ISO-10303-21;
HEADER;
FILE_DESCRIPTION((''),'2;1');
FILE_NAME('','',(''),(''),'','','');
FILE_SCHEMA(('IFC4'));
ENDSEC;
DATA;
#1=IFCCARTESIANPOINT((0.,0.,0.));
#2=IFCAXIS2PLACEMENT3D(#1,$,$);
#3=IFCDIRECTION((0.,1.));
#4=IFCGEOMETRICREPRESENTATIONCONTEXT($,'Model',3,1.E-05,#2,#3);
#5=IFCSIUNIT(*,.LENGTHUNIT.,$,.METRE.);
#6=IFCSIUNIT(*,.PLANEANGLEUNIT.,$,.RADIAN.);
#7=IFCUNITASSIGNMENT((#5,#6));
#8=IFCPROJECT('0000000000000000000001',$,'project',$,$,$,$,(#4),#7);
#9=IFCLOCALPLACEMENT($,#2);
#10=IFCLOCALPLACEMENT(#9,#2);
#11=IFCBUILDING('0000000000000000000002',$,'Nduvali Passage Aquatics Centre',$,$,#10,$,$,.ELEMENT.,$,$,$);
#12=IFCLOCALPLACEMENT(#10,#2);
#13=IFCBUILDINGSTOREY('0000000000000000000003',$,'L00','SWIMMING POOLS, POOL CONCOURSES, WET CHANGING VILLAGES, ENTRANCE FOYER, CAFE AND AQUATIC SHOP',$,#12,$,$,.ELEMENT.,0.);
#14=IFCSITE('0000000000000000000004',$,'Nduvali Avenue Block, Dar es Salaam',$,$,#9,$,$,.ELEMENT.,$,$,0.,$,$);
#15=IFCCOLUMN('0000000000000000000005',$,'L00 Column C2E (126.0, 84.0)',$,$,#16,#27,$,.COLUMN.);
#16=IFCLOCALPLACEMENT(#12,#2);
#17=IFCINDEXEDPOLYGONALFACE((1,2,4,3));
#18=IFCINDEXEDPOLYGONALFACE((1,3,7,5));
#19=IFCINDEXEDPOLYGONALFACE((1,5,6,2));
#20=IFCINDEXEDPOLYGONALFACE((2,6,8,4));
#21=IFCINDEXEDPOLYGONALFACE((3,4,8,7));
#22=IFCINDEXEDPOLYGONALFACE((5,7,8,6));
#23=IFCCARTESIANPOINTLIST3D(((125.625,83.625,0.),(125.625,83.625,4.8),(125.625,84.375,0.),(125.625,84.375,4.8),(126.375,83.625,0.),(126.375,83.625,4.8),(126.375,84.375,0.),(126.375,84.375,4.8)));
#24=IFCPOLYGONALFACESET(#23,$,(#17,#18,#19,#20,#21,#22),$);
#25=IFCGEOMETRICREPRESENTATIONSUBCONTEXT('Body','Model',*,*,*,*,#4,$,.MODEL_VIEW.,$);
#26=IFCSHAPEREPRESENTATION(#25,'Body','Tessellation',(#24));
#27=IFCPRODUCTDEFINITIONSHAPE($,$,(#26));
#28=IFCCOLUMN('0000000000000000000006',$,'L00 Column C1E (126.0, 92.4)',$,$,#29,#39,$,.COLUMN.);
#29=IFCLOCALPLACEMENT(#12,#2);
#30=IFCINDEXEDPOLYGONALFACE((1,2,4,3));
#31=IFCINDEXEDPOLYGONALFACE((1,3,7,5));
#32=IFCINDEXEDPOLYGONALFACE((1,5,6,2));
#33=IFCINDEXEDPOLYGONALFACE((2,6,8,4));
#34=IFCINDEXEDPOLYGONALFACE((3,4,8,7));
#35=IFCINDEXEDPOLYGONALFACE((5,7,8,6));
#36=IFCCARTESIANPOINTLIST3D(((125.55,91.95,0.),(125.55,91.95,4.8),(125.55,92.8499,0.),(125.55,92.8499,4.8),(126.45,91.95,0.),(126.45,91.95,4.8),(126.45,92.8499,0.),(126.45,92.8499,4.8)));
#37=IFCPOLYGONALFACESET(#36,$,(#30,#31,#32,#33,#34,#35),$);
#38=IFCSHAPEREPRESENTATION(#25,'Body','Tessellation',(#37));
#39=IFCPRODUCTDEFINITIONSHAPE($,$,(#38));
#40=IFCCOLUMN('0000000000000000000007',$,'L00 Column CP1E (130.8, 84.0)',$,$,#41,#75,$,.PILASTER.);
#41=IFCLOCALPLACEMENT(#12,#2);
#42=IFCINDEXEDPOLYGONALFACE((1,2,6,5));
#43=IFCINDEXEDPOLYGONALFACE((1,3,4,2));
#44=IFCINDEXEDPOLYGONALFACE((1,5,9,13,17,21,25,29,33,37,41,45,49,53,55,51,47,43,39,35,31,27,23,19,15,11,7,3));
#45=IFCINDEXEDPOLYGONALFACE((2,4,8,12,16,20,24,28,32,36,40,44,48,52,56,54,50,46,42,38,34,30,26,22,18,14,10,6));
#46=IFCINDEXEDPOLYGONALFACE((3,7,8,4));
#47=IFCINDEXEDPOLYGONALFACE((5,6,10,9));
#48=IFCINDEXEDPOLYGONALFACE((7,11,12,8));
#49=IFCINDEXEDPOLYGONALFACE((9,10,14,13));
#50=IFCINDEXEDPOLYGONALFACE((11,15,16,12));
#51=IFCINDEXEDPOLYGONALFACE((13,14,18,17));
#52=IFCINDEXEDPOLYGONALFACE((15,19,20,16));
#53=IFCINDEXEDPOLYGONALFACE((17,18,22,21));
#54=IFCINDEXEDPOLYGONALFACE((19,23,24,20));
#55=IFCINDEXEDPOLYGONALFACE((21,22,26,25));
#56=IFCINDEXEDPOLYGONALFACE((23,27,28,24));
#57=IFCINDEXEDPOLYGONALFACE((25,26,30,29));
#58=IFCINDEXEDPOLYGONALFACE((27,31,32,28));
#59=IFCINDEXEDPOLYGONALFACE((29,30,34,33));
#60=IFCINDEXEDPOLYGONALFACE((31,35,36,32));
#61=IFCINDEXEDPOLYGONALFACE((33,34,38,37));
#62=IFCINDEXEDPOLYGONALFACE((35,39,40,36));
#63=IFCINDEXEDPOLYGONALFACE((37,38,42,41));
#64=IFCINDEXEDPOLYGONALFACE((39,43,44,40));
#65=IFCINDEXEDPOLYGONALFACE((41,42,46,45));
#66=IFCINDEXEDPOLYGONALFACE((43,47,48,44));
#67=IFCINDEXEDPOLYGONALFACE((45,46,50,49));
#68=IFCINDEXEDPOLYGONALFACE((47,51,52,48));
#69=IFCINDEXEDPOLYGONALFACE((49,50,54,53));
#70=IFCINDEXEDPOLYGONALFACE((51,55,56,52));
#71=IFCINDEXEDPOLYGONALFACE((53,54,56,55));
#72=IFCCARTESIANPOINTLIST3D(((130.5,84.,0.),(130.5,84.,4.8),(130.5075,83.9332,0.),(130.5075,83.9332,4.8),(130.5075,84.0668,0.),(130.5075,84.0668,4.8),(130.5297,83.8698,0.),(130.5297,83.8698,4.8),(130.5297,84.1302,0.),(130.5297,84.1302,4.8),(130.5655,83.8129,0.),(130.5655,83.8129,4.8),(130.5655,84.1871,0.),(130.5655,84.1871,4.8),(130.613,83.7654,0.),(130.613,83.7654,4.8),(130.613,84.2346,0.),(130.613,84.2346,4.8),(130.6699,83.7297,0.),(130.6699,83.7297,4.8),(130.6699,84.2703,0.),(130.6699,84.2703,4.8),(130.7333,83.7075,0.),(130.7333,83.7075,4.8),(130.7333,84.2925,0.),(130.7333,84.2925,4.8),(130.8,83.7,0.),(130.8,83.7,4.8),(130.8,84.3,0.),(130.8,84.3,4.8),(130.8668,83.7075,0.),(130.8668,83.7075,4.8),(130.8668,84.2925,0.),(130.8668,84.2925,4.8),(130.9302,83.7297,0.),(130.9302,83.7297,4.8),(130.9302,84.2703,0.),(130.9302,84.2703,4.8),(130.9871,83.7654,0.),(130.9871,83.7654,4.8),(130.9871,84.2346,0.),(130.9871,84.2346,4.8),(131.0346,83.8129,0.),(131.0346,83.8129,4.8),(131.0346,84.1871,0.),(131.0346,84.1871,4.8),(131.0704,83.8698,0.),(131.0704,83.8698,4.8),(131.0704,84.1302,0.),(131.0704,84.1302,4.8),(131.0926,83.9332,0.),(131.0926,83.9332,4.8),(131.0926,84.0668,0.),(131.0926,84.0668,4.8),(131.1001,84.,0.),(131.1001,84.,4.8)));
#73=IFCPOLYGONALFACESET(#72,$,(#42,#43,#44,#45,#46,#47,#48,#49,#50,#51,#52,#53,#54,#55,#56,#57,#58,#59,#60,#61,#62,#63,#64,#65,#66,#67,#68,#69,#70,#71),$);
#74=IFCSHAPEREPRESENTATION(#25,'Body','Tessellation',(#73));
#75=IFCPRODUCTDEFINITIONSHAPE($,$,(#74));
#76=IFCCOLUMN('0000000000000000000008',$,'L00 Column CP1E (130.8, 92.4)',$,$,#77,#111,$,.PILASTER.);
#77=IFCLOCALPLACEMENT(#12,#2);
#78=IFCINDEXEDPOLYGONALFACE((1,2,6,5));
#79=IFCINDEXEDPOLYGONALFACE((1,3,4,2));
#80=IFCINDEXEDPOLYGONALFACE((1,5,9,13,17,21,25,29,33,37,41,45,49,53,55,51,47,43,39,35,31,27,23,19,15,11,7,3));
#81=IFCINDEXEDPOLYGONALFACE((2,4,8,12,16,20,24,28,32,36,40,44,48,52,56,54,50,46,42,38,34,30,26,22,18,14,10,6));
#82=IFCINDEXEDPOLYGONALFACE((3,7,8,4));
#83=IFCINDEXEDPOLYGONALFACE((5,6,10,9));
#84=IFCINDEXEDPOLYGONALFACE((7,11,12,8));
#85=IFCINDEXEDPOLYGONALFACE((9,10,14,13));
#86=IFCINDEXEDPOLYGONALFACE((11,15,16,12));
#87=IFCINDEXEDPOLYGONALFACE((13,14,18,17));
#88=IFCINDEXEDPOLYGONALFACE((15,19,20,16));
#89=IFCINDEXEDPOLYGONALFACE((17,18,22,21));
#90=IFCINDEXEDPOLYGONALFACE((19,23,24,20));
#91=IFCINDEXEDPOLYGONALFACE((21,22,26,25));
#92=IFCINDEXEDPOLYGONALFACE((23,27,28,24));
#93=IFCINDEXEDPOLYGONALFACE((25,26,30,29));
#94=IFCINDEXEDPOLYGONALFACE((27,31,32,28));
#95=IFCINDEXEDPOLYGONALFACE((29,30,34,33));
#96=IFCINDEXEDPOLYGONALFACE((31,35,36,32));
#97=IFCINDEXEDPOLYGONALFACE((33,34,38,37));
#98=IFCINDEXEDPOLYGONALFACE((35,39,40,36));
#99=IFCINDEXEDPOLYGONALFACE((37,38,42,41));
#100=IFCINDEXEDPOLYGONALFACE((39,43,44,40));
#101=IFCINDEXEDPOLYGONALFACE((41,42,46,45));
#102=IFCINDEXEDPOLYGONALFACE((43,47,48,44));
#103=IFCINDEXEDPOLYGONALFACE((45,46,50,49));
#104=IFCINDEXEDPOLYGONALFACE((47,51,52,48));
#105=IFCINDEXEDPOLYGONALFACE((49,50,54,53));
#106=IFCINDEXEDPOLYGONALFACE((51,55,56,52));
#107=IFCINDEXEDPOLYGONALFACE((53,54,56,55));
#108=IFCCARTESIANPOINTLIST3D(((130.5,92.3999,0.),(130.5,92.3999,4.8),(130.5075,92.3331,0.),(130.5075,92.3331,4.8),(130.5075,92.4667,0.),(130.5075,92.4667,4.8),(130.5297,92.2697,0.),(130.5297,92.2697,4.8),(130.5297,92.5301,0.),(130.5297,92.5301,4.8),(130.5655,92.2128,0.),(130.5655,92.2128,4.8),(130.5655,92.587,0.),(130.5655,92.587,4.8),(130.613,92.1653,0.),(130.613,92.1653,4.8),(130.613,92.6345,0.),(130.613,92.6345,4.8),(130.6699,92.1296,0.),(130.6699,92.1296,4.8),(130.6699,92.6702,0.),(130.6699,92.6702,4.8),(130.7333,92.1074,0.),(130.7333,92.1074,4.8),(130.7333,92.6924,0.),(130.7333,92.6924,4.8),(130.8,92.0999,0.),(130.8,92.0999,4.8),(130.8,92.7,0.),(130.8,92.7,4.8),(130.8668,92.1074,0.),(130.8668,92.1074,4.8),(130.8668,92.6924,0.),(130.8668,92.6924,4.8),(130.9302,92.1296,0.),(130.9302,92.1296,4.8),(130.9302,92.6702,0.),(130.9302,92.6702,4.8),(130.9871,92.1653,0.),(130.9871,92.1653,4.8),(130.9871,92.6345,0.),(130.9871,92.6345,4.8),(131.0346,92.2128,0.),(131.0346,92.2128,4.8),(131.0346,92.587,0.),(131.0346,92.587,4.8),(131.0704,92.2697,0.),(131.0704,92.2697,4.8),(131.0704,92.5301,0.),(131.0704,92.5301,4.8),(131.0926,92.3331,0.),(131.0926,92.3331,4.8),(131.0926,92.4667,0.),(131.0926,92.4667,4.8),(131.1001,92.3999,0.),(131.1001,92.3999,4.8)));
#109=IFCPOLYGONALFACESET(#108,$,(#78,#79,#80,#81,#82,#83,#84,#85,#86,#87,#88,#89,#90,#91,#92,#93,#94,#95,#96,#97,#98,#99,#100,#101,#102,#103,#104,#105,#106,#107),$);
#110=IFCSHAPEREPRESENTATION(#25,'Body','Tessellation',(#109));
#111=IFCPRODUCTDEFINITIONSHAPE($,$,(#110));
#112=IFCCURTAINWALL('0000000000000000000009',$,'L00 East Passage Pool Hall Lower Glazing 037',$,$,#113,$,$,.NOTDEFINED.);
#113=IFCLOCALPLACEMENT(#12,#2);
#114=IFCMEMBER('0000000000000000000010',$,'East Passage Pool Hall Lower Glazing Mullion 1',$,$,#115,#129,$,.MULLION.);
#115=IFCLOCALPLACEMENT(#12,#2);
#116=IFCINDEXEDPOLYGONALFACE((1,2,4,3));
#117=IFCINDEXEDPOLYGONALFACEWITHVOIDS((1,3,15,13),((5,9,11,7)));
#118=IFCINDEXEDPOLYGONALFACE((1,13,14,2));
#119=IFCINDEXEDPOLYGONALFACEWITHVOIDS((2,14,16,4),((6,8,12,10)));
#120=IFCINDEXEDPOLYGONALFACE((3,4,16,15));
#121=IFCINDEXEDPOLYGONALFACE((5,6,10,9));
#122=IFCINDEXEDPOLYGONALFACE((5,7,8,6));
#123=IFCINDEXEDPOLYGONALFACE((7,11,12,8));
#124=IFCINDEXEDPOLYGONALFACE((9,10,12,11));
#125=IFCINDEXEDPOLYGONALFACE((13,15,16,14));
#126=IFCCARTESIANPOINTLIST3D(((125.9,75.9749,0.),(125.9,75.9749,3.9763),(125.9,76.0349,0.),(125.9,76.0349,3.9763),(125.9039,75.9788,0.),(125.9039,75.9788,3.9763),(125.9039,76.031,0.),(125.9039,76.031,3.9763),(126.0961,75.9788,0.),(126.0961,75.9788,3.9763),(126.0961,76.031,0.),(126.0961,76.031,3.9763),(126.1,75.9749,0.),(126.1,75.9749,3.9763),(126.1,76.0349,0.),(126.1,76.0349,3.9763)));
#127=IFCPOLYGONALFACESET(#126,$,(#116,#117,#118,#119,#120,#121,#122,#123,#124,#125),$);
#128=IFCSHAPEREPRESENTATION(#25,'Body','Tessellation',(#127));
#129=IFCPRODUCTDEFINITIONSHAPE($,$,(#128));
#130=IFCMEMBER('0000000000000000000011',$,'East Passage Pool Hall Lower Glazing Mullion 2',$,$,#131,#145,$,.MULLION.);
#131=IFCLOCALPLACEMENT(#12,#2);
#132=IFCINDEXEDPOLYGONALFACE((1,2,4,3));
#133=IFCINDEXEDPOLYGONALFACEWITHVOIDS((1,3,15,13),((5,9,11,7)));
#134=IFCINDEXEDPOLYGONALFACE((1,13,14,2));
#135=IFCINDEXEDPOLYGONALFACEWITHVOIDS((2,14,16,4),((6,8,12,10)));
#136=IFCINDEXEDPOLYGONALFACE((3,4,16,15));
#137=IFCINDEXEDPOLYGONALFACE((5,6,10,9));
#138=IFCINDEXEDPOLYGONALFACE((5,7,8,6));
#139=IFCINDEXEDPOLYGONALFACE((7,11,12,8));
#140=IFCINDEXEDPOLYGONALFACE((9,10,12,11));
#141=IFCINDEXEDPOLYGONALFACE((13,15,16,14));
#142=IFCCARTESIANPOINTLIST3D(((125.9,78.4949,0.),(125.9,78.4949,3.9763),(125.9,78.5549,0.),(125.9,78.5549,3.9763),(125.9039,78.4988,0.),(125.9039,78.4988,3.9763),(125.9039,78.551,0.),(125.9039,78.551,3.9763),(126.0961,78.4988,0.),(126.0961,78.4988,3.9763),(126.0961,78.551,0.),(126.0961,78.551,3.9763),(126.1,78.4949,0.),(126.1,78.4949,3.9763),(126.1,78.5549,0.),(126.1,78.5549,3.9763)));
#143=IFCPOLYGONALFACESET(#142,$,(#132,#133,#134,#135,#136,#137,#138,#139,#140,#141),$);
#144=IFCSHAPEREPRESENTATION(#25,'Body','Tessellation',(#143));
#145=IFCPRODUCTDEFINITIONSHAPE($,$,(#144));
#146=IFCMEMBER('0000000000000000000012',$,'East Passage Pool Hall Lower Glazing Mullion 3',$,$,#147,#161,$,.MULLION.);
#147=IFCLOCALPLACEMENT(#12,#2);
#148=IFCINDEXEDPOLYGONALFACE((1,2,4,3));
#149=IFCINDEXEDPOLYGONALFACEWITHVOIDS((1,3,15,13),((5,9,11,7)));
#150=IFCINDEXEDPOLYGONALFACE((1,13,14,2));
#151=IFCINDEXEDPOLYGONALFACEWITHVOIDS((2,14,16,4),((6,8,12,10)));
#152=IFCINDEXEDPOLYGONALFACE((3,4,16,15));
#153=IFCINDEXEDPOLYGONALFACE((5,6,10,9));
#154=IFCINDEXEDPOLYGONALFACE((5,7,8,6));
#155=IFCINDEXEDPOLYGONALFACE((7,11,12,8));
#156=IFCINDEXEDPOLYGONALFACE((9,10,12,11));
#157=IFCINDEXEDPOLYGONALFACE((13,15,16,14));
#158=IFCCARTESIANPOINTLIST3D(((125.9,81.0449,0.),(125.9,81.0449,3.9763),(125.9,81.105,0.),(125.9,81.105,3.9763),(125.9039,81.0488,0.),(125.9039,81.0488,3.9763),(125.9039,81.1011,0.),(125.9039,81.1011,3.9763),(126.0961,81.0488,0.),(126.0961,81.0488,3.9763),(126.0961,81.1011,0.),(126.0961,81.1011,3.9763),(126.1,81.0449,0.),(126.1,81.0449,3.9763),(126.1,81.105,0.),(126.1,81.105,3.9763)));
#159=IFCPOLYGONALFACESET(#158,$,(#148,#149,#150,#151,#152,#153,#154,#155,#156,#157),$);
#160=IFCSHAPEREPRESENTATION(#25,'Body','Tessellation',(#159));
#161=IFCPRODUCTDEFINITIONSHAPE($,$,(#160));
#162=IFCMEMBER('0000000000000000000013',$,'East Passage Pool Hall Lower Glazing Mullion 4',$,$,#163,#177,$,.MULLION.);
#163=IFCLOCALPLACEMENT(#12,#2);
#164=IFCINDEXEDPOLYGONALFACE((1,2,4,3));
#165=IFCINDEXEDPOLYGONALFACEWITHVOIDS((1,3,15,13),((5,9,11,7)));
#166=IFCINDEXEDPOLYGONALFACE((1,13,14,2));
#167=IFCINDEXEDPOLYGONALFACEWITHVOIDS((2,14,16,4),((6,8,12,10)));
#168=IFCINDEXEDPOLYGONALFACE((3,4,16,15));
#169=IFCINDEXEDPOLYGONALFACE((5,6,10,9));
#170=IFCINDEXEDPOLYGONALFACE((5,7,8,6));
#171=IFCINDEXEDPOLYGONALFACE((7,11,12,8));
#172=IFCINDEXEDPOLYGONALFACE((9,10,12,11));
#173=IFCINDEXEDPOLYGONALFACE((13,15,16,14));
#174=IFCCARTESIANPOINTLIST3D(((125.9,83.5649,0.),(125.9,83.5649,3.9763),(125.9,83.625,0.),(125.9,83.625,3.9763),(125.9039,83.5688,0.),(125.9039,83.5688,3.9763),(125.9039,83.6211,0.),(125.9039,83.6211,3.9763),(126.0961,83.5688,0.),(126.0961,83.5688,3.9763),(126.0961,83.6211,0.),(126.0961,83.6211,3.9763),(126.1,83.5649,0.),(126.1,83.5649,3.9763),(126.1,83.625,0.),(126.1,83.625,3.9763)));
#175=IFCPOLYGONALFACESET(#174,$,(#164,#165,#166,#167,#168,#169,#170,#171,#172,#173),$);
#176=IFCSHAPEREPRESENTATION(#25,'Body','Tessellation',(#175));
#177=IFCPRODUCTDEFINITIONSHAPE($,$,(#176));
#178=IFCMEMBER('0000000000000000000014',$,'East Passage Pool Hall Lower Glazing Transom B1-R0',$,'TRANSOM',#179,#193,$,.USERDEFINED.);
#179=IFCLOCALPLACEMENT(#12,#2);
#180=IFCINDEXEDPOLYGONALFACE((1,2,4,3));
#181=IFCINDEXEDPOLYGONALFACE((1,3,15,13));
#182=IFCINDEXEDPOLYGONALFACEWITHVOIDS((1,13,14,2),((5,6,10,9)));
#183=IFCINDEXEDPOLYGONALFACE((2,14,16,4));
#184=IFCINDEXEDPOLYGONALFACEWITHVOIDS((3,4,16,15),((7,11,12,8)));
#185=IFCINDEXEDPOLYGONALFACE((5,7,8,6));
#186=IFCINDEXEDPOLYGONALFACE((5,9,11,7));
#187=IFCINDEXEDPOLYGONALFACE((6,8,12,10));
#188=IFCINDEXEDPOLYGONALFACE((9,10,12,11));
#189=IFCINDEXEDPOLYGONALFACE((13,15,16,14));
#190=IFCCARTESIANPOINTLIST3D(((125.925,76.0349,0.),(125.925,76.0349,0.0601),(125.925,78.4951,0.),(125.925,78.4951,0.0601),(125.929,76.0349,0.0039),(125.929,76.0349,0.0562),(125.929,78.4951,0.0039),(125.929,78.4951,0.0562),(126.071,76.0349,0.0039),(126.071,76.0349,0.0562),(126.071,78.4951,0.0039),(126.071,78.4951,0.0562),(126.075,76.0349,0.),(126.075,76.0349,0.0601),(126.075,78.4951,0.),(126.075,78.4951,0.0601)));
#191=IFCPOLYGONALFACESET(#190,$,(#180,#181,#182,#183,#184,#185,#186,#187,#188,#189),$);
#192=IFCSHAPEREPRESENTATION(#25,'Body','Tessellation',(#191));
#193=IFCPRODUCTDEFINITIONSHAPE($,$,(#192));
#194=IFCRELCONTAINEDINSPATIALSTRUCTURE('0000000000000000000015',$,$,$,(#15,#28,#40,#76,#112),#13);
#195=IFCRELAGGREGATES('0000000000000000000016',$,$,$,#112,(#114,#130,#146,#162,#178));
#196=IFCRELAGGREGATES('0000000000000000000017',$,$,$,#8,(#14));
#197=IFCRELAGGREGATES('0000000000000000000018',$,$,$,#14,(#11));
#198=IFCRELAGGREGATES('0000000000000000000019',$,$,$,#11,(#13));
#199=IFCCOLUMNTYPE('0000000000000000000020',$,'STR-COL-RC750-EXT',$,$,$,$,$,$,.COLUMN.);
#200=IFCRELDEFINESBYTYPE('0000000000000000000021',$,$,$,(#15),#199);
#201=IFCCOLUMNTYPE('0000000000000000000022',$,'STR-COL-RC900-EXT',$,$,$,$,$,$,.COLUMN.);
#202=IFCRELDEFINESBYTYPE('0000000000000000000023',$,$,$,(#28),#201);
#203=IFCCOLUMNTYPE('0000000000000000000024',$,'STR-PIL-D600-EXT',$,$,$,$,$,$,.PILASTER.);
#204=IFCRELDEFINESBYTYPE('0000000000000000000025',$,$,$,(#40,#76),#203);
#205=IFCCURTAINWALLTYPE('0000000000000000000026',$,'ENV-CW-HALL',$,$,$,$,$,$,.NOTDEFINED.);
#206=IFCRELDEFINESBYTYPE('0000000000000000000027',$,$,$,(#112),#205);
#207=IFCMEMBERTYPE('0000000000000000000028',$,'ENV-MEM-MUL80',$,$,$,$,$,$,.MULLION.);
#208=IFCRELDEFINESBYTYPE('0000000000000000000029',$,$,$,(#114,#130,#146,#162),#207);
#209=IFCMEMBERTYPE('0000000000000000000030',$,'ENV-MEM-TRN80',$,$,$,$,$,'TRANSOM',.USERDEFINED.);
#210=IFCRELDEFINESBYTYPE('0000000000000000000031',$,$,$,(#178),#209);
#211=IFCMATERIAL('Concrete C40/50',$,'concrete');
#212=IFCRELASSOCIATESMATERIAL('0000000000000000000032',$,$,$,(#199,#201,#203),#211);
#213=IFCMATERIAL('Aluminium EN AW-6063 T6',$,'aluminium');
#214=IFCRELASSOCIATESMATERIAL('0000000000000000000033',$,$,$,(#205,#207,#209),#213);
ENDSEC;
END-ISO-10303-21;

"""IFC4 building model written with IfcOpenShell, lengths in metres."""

from ifc_helpers import new_model, si_unit, direction, frame, origin, origin_2d, place, context, subcontext, project, spatial, rectangle, hollow_rectangle, circle, extrude, material, material_profile, profile_set, type_object, element, aggregate, save


model = new_model("IFC4")

# Units and contexts
model_context = context("Model", 3, precision=1e-05, world=origin(), true_north=direction((0.0, 1.0)))
body_context = subcontext(model_context, "Body", "Model", "MODEL_VIEW")
ifc_project = project(units=[si_unit("LENGTHUNIT", "METRE"), si_unit("PLANEANGLEUNIT", "RADIAN")], contexts=[model_context])

# Site, building, storey
site_placement = place(None, origin())
site = spatial("IfcSite", under=ifc_project, at=site_placement, Name="Nduvali Avenue Block, Dar es Salaam", CompositionType="ELEMENT", RefElevation=0.0)
building_placement = place(site_placement, origin())
building = spatial("IfcBuilding", under=site, at=building_placement, Name="Nduvali Passage Aquatics Centre", CompositionType="ELEMENT")
storey_placement = place(building_placement, origin())
storey = spatial("IfcBuildingStorey", under=building, at=storey_placement, Name="L00", Description="SWIMMING POOLS, POOL CONCOURSES, WET CHANGING VILLAGES, ENTRANCE FOYER, CAFE AND AQUATIC SHOP", CompositionType="ELEMENT", Elevation=0.0)

# Columns
ifc_material_1 = material(Name="Concrete C40/50", Category="concrete")
ifc_material_profile_1 = material_profile(ifc_material_1, rectangle(XDim=0.75, YDim=0.75, at=origin_2d()), Name="RC 750x750")
ifc_profile_set_1 = profile_set([ifc_material_profile_1], Name="Concrete C40/50")
column_type_1 = type_object("IfcColumnType", Name="STR-COL-RC750-EXT", PredefinedType="COLUMN", material=ifc_profile_set_1)
column_1_placement = place(storey_placement, frame((126.0, 84.0, 0.0), z_axis=(0.0, 0.0, 1.0), x_axis=(1.0, 0.0, 0.0)))
element("IfcColumn", 1, at=column_1_placement, inside=storey, type_object=column_type_1, Name="L00 Column C2E (126.0, 84.0)", PredefinedType="COLUMN", context=body_context, shape_type="SweptSolid", body=[
    extrude(rectangle(XDim=0.75, YDim=0.75, at=origin_2d()), origin(), (0.0, 0.0, 1.0), 4.8),
])
ifc_material_profile_2 = material_profile(ifc_material_1, rectangle(XDim=0.8999, YDim=0.8999, at=origin_2d()), Name="RC 900x900")
ifc_profile_set_2 = profile_set([ifc_material_profile_2], Name="Concrete C40/50")
column_type_2 = type_object("IfcColumnType", Name="STR-COL-RC900-EXT", PredefinedType="COLUMN", material=ifc_profile_set_2)
column_2_placement = place(storey_placement, frame((126.0, 92.3999, 0.0), z_axis=(0.0, 0.0, 1.0), x_axis=(1.0, 0.0, 0.0)))
element("IfcColumn", 2, at=column_2_placement, inside=storey, type_object=column_type_2, Name="L00 Column C1E (126.0, 92.4)", PredefinedType="COLUMN", context=body_context, shape_type="SweptSolid", body=[
    extrude(rectangle(XDim=0.8999, YDim=0.8999, at=origin_2d()), origin(), (0.0, 0.0, 1.0), 4.8),
])
ifc_material_profile_3 = material_profile(ifc_material_1, circle(Radius=0.3, at=origin_2d()), Name="RC D600")
ifc_profile_set_3 = profile_set([ifc_material_profile_3], Name="Concrete C40/50")
column_type_3 = type_object("IfcColumnType", Name="STR-PIL-D600-EXT", PredefinedType="PILASTER", material=ifc_profile_set_3)
for number, where, z_axis, x_axis, name in (
    (3, (130.8, 84.0, 0.0), (0.0, 0.0, 1.0), (1.0, 0.0, 0.0), "L00 Column CP1E (130.8, 84.0)"),
    (4, (130.8, 92.3999, 0.0), (0.0, 0.0, 1.0), (1.0, 0.0, 0.0), "L00 Column CP1E (130.8, 92.4)"),
):
    element("IfcColumn", number, at=place(storey_placement, frame(where, z_axis=z_axis, x_axis=x_axis)), inside=storey, type_object=column_type_3, Name=name, PredefinedType="PILASTER", context=body_context, shape_type="SweptSolid", body=[
        extrude(circle(Radius=0.3, at=origin_2d()), origin(), (0.0, 0.0, 1.0), 4.8),
    ])

# Curtain wall, members
ifc_material_2 = material(Name="Aluminium EN AW-6063 T6", Category="aluminium")
curtain_wall_type = type_object("IfcCurtainWallType", Name="ENV-CW-HALL", PredefinedType="NOTDEFINED", material=ifc_material_2)
curtain_wall_placement = place(storey_placement, origin())
curtain_wall = element("IfcCurtainWall", 5, at=curtain_wall_placement, inside=storey, type_object=curtain_wall_type, Name="L00 East Passage Pool Hall Lower Glazing 037", PredefinedType="NOTDEFINED")
ifc_material_profile_4 = material_profile(ifc_material_2, hollow_rectangle(XDim=0.0601, YDim=0.2, WallThickness=0.0039, at=origin_2d()), Name="ALU MULLION 60x200x4")
ifc_profile_set_4 = profile_set([ifc_material_profile_4], Name="Aluminium EN AW-6063 T6")
member_type_1 = type_object("IfcMemberType", Name="ENV-MEM-MUL80", PredefinedType="MULLION", material=ifc_profile_set_4)
member_1_placement = place(storey_placement, frame((126.0, 76.0049, 0.0), z_axis=(0.0, 0.0, 1.0), x_axis=(0.0, 1.0, 0.0)))
member_1 = element("IfcMember", 6, at=member_1_placement, type_object=member_type_1, Name="East Passage Pool Hall Lower Glazing Mullion 1", PredefinedType="MULLION", context=body_context, shape_type="SweptSolid", body=[
    extrude(hollow_rectangle(XDim=0.0601, YDim=0.2, WallThickness=0.0039, at=origin_2d()), origin(), (0.0, 0.0, 1.0), 3.9763),
])
member_2_placement = place(storey_placement, frame((126.0, 78.5249, 0.0), z_axis=(0.0, 0.0, 1.0), x_axis=(0.0, 1.0, 0.0)))
member_2 = element("IfcMember", 7, at=member_2_placement, type_object=member_type_1, Name="East Passage Pool Hall Lower Glazing Mullion 2", PredefinedType="MULLION", context=body_context, shape_type="SweptSolid", body=[
    extrude(hollow_rectangle(XDim=0.0601, YDim=0.2, WallThickness=0.0039, at=origin_2d()), origin(), (0.0, 0.0, 1.0), 3.9763),
])
member_3_placement = place(storey_placement, frame((126.0, 81.075, 0.0), z_axis=(0.0, 0.0, 1.0), x_axis=(0.0, 1.0, 0.0)))
member_3 = element("IfcMember", 8, at=member_3_placement, type_object=member_type_1, Name="East Passage Pool Hall Lower Glazing Mullion 3", PredefinedType="MULLION", context=body_context, shape_type="SweptSolid", body=[
    extrude(hollow_rectangle(XDim=0.0601, YDim=0.2, WallThickness=0.0039, at=origin_2d()), origin(), (0.0, 0.0, 1.0), 3.9763),
])
member_4_placement = place(storey_placement, frame((126.0, 83.595, 0.0), z_axis=(0.0, 0.0, 1.0), x_axis=(0.0, 1.0, 0.0)))
member_4 = element("IfcMember", 9, at=member_4_placement, type_object=member_type_1, Name="East Passage Pool Hall Lower Glazing Mullion 4", PredefinedType="MULLION", context=body_context, shape_type="SweptSolid", body=[
    extrude(hollow_rectangle(XDim=0.0601, YDim=0.2, WallThickness=0.0039, at=origin_2d()), origin(), (0.0, 0.0, 1.0), 3.9763),
])
ifc_material_profile_5 = material_profile(ifc_material_2, hollow_rectangle(XDim=0.1499, YDim=0.0601, WallThickness=0.0039, at=origin_2d()), Name="ALU TRANSOM 150x60x4")
ifc_profile_set_5 = profile_set([ifc_material_profile_5], Name="Aluminium EN AW-6063 T6")
member_type_2 = type_object("IfcMemberType", Name="ENV-MEM-TRN80", ElementType="TRANSOM", PredefinedType="USERDEFINED", material=ifc_profile_set_5)
member_5_placement = place(storey_placement, frame((126.0, 76.0349, 0.03), z_axis=(0.0, 1.0, 0.0), x_axis=(-1.0, 0.0, 0.0)))
member_5 = element("IfcMember", 10, at=member_5_placement, type_object=member_type_2, Name="East Passage Pool Hall Lower Glazing Transom B1-R0", ObjectType="TRANSOM", PredefinedType="USERDEFINED", context=body_context, shape_type="SweptSolid", body=[
    extrude(hollow_rectangle(XDim=0.1499, YDim=0.0601, WallThickness=0.0039, at=origin_2d()), origin(), (0.0, 0.0, 1.0), 2.4602),
])

aggregate(curtain_wall, [member_1, member_2, member_3, member_4, member_5])

save(model, "model.ifc")
